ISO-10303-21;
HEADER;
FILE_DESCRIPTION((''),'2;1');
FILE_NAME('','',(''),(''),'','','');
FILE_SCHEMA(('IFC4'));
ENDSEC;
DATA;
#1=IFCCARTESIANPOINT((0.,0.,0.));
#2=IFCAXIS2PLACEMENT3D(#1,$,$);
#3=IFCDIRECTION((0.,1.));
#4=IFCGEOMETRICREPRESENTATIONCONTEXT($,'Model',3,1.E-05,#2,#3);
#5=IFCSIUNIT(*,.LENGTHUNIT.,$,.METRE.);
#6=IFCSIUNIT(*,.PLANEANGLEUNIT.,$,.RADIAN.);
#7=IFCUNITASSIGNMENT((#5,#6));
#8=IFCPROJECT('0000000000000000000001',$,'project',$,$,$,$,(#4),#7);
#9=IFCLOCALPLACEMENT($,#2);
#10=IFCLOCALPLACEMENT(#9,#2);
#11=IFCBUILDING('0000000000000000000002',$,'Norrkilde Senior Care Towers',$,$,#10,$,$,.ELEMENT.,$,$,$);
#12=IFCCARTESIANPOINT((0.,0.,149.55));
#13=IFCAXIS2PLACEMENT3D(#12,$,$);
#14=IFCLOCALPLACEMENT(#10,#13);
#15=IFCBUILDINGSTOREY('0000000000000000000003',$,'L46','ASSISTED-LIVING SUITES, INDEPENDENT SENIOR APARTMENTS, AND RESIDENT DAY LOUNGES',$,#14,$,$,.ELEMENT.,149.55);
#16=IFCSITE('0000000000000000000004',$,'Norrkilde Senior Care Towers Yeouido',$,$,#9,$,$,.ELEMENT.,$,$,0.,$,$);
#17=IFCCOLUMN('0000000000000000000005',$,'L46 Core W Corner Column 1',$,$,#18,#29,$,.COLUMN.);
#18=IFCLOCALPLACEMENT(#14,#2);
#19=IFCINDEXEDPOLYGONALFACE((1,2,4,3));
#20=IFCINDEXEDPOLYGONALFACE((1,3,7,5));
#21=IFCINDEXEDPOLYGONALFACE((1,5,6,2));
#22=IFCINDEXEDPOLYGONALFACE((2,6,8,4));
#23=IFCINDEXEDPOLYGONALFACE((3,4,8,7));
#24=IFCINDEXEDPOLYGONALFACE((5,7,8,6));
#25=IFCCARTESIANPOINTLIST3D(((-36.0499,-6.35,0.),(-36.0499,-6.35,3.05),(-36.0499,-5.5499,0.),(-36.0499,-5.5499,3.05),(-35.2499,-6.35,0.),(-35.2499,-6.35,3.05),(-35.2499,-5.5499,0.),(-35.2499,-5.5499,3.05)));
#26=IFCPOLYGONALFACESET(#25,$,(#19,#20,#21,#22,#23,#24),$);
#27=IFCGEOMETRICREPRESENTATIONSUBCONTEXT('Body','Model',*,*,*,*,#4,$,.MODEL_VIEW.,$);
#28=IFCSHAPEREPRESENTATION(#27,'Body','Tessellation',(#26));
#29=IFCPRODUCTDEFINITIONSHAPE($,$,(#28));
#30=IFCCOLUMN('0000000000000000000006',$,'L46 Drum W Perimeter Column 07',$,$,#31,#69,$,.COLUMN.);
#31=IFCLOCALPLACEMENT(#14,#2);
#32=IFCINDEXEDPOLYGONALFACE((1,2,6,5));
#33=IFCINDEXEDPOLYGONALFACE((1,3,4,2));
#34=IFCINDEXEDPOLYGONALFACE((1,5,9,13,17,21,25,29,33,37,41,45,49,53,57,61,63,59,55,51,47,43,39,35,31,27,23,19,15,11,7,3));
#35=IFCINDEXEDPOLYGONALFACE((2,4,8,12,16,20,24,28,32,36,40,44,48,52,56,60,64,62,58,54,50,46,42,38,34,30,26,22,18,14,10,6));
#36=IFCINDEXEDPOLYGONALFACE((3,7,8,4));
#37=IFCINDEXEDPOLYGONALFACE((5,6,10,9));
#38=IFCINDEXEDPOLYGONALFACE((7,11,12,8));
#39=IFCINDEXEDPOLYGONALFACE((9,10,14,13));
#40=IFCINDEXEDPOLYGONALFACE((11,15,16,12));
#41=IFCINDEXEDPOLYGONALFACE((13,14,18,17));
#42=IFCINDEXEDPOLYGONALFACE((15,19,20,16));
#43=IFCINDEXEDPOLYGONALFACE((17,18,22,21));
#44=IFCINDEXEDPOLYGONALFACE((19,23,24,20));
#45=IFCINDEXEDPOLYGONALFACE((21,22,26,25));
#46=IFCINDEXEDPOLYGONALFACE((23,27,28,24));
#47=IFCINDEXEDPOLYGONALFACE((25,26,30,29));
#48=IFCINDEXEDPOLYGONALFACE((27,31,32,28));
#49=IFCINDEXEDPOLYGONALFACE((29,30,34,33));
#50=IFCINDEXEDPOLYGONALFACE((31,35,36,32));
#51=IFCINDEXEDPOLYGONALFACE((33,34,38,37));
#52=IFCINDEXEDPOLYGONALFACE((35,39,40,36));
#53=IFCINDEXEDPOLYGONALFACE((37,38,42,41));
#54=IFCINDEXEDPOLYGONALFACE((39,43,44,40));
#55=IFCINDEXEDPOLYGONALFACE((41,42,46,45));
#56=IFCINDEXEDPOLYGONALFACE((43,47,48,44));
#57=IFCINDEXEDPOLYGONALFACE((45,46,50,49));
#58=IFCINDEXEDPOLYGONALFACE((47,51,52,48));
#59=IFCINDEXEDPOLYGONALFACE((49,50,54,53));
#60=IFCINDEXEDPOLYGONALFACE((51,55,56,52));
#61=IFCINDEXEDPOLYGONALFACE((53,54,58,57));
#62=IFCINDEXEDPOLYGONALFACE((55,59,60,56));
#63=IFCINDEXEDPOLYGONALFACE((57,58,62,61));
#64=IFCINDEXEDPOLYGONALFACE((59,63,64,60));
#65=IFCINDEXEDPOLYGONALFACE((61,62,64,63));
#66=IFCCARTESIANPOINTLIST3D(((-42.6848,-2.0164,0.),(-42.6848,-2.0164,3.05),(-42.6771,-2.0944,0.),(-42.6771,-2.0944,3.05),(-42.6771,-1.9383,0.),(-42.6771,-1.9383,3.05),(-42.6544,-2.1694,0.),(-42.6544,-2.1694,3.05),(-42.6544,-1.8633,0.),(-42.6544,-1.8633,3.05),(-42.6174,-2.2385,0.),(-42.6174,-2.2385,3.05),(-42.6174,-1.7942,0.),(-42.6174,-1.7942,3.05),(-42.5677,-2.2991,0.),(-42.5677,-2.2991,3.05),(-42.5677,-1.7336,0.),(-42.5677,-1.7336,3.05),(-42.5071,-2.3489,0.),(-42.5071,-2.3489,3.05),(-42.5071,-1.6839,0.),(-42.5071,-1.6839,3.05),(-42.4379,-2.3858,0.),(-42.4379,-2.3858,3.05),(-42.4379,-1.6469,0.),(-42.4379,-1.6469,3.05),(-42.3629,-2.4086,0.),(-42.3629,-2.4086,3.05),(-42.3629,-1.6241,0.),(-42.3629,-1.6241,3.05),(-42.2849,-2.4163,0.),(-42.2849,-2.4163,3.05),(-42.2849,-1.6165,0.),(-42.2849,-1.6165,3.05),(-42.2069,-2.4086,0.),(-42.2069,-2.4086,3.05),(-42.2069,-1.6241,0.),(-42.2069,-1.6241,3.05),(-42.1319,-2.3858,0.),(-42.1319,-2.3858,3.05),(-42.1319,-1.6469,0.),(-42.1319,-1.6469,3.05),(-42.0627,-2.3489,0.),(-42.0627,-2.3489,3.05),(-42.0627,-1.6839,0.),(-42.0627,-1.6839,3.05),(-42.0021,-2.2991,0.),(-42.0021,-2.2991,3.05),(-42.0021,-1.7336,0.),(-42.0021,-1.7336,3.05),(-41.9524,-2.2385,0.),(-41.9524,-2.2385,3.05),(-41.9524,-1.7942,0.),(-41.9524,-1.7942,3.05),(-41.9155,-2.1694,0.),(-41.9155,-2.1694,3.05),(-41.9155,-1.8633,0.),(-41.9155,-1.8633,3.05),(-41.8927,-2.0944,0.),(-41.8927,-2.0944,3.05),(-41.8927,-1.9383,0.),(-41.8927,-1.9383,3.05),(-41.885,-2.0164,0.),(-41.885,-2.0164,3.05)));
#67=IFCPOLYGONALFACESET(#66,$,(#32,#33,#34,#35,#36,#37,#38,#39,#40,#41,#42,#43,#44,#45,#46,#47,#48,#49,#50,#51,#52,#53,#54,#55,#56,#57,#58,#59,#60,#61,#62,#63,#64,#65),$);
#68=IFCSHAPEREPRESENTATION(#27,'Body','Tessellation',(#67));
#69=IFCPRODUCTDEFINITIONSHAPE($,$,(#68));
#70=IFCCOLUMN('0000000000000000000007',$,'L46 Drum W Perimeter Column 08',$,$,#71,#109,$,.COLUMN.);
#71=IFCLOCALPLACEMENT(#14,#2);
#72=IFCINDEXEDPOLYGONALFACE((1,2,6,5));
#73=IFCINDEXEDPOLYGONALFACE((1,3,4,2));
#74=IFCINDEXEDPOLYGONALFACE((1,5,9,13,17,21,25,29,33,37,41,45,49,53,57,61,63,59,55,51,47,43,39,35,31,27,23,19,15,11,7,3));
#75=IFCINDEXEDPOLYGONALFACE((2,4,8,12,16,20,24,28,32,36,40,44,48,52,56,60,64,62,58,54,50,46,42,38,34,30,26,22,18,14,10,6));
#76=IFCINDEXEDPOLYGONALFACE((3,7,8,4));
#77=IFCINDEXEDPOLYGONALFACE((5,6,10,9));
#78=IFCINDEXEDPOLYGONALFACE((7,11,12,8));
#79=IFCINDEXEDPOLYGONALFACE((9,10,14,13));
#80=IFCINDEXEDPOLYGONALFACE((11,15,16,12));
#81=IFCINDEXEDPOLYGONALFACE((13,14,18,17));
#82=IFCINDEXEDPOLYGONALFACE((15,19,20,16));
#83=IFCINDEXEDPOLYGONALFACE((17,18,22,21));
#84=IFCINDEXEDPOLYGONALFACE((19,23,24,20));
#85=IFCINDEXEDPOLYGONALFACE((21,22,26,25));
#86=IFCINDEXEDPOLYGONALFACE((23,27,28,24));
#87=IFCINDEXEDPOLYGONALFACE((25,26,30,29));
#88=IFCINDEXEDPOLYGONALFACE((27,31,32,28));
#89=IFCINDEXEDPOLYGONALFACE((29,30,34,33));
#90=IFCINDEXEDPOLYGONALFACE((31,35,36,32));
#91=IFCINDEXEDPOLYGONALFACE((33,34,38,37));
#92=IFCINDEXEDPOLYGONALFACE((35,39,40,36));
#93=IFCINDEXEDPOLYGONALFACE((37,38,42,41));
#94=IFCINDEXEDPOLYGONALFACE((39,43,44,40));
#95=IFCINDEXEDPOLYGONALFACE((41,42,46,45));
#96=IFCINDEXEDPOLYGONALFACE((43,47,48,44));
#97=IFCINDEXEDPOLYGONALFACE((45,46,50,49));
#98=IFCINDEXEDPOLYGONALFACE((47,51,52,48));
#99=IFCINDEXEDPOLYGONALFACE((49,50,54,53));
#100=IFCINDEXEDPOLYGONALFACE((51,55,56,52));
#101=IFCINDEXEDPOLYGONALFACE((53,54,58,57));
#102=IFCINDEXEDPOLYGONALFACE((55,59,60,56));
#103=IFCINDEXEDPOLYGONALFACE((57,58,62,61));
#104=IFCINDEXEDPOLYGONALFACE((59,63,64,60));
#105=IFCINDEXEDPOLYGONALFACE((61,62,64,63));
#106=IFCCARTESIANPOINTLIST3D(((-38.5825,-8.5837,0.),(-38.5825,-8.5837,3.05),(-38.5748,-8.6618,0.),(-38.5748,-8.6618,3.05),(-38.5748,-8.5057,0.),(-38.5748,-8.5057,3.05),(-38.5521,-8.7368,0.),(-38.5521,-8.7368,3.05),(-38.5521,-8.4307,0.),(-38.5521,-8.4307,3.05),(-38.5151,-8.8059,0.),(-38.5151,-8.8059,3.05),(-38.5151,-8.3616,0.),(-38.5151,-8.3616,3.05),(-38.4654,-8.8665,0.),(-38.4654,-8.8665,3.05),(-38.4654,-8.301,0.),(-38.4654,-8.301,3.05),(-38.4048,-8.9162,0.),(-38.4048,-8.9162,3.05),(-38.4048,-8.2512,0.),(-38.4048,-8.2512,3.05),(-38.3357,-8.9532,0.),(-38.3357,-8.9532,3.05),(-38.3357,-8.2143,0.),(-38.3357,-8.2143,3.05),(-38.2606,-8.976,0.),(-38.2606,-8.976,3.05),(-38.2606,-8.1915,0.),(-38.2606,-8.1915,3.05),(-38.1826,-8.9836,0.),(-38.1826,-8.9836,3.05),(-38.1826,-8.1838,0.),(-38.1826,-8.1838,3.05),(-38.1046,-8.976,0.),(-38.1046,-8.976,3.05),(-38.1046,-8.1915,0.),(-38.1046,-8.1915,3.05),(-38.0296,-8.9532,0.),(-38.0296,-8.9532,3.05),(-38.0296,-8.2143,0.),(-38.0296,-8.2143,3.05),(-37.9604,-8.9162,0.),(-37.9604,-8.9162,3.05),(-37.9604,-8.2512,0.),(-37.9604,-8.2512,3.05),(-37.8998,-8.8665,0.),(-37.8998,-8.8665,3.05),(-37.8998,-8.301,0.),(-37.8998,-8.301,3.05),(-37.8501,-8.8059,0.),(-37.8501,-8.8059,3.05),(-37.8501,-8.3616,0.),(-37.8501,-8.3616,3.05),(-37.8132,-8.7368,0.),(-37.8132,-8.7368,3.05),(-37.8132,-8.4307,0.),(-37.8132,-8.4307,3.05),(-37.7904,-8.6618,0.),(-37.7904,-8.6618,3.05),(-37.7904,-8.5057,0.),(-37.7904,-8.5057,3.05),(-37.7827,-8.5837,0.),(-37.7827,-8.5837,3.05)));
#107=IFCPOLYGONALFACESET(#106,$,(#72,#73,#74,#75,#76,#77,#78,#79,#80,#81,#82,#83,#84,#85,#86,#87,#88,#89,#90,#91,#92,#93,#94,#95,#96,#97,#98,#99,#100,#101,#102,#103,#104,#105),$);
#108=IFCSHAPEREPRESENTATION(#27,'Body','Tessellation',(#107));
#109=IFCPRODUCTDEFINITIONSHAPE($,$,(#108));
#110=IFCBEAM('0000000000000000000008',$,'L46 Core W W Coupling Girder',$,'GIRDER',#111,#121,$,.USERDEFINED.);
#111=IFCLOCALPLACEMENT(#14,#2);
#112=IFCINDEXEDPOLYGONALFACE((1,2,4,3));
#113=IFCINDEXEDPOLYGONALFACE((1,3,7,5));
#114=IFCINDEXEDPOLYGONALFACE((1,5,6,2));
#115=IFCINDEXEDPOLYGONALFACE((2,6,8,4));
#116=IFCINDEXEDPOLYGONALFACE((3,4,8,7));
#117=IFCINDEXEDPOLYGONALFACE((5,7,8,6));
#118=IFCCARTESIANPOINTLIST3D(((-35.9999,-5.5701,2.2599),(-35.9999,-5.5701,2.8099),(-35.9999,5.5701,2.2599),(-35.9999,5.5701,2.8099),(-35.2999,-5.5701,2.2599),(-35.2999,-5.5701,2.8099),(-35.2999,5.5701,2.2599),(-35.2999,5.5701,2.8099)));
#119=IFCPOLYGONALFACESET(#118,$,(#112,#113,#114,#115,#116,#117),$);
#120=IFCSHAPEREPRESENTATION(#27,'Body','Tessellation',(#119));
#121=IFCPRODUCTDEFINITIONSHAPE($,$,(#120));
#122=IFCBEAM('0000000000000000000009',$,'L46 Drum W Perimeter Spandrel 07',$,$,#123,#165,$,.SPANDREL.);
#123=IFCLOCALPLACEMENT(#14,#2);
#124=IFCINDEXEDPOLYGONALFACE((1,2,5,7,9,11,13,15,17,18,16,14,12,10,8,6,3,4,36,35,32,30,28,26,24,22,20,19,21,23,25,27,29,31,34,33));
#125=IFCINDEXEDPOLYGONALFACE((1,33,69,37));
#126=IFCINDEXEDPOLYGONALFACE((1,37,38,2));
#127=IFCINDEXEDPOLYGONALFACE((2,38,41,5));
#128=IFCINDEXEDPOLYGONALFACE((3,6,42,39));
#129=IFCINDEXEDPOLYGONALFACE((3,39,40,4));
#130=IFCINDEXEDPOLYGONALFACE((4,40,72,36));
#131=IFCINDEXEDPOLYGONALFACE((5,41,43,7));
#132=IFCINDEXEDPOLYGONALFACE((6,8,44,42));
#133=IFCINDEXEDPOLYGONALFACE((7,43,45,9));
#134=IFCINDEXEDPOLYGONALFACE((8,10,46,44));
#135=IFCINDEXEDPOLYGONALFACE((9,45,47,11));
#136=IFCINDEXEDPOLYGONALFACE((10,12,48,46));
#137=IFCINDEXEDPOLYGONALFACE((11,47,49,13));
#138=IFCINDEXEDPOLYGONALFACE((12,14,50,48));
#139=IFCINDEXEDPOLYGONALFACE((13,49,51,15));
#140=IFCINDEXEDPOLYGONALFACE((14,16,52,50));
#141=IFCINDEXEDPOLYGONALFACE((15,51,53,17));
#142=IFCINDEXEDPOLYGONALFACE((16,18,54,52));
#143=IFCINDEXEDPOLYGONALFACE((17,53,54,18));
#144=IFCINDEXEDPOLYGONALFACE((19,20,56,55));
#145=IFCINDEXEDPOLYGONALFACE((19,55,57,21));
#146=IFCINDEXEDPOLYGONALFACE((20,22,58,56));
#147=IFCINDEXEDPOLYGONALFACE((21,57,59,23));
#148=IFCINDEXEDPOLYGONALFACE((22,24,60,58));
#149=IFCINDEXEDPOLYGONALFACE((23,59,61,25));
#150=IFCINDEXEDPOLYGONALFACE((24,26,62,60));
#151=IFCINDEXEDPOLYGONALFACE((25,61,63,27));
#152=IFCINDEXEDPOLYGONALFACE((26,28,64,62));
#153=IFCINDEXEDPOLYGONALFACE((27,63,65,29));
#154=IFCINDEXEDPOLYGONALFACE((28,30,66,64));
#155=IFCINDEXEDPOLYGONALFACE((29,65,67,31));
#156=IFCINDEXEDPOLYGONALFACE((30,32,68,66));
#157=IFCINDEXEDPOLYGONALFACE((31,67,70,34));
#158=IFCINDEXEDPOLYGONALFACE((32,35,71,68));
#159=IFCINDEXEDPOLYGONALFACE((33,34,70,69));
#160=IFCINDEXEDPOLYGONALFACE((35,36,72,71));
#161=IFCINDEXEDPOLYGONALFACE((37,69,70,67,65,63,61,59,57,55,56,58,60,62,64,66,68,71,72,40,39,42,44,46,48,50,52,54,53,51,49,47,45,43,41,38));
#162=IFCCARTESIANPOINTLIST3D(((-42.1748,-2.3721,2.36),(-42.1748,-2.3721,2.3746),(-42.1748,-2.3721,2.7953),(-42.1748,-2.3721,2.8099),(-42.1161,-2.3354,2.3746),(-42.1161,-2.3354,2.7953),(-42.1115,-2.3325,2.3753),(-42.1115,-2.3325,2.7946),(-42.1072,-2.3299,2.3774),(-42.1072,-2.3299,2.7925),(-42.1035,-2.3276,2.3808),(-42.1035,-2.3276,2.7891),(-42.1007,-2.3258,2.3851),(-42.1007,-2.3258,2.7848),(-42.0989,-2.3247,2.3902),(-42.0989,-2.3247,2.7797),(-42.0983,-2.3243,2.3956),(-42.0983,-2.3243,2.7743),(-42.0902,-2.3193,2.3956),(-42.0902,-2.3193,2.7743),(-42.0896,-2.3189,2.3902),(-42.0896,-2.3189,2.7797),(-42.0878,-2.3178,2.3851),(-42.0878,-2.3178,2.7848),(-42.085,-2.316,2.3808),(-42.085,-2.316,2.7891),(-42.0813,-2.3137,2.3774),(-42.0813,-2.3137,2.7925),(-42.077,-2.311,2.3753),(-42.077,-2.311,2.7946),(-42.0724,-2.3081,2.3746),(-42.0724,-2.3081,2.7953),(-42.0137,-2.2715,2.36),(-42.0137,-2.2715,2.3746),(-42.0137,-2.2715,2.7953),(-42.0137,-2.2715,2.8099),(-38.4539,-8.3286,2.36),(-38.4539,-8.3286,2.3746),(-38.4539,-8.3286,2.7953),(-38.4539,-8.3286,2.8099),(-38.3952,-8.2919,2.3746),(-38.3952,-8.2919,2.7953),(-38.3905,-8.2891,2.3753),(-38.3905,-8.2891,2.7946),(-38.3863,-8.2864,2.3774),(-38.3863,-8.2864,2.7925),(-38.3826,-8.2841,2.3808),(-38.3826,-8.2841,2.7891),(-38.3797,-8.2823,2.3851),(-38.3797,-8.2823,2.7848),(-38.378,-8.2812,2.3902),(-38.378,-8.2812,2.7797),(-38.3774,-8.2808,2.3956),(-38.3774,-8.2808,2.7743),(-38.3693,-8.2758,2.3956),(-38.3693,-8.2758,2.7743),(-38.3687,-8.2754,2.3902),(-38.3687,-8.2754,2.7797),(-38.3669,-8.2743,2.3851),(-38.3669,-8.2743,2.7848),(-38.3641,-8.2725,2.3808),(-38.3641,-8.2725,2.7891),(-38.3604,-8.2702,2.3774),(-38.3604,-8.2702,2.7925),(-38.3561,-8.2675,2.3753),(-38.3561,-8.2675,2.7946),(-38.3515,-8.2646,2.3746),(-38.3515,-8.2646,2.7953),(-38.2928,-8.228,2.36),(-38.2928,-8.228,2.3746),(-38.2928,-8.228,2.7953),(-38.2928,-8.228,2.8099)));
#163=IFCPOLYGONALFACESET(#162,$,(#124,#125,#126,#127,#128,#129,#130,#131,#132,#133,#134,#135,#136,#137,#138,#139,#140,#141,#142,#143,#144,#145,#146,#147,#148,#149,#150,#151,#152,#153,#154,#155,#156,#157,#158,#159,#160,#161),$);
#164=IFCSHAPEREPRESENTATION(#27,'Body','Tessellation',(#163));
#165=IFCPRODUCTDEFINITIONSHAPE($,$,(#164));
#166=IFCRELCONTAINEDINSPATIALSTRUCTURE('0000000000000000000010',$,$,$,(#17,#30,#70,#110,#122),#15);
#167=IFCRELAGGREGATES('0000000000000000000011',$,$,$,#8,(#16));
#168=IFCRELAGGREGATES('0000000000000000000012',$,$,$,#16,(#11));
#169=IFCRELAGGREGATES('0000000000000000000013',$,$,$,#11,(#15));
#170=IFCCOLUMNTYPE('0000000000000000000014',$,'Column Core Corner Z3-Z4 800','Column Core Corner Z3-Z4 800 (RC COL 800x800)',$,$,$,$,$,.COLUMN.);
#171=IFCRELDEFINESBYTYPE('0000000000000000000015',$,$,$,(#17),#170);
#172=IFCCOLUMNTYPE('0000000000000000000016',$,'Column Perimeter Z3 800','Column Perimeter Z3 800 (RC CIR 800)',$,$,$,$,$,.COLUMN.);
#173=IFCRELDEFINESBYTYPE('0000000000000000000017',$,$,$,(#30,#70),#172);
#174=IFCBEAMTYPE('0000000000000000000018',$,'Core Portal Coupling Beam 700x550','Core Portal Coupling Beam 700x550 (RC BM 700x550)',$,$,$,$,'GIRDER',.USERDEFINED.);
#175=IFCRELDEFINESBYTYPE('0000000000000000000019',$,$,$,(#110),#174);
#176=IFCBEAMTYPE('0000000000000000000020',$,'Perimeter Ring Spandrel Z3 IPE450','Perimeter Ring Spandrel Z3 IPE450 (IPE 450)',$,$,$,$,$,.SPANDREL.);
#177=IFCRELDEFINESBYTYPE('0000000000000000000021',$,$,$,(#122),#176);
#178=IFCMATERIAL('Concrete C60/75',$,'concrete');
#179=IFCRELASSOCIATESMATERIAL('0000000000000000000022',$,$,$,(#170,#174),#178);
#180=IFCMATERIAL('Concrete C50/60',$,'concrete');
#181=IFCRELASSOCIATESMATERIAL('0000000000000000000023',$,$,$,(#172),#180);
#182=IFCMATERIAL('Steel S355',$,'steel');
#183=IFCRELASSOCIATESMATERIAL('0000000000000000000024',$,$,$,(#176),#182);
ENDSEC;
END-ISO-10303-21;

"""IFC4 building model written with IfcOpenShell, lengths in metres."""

from ifc_helpers import new_model, si_unit, direction, frame, origin, origin_2d, place, context, subcontext, project, spatial, rectangle, circle, i_section, extrude, source, transform, mapped, material, material_profile, profile_set, type_object, type_shapes, element, save


model = new_model("IFC4")

# Units and contexts
model_context = context("Model", 3, precision=1e-05, world=origin(), true_north=direction((0.0, 1.0)))
body_context = subcontext(model_context, "Body", "Model", "MODEL_VIEW")
ifc_project = project(units=[si_unit("LENGTHUNIT", "METRE"), si_unit("PLANEANGLEUNIT", "RADIAN")], contexts=[model_context])

# Site, building, storey
site_placement = place(None, origin())
site = spatial("IfcSite", under=ifc_project, at=site_placement, Name="Norrkilde Senior Care Towers Yeouido", CompositionType="ELEMENT", RefElevation=0.0)
building_placement = place(site_placement, origin())
building = spatial("IfcBuilding", under=site, at=building_placement, Name="Norrkilde Senior Care Towers", CompositionType="ELEMENT")
storey_placement = place(building_placement, frame((0.0, 0.0, 149.55)))
storey = spatial("IfcBuildingStorey", under=building, at=storey_placement, Name="L46", Description="ASSISTED-LIVING SUITES, INDEPENDENT SENIOR APARTMENTS, AND RESIDENT DAY LOUNGES", CompositionType="ELEMENT", Elevation=149.55)

# Columns
ifc_material_1 = material(Name="Concrete C60/75", Category="concrete")
ifc_material_profile_1 = material_profile(ifc_material_1, rectangle(XDim=0.8, YDim=0.8, at=origin_2d()), Name="RC COL 800x800")
ifc_profile_set_1 = profile_set([ifc_material_profile_1], Name="Concrete C60/75")
column_type_1 = type_object("IfcColumnType", Name="Column Core Corner Z3-Z4 800", Description="Column Core Corner Z3-Z4 800 (RC COL 800x800)", PredefinedType="COLUMN", material=ifc_profile_set_1)
shared_shape_1 = source(origin(), body_context, "Body", "SweptSolid", [
    extrude(rectangle(XDim=0.8, YDim=0.8, at=origin_2d()), origin(), (0.0, 0.0, 1.0), 3.05),
])
type_shapes(column_type_1, [shared_shape_1])
column_placement = place(storey_placement, frame((-35.6499, -5.95, 0.0), z_axis=(0.0, 0.0, 1.0), x_axis=(1.0, 0.0, 0.0)))
element("IfcColumn", 1, at=column_placement, inside=storey, type_object=column_type_1, Name="L46 Core W Corner Column 1", PredefinedType="COLUMN", context=body_context, shape_type="MappedRepresentation", body=[
    mapped(shared_shape_1, transform((0.0, 0.0, 0.0), x_axis=(1.0, 0.0, 0.0), y_axis=(0.0, 1.0, 0.0), z_axis=(0.0, 0.0, 1.0), scale=1.0)),
])
ifc_material_2 = material(Name="Concrete C50/60", Category="concrete")
ifc_material_profile_2 = material_profile(ifc_material_2, circle(Radius=0.3999, at=origin_2d()), Name="RC CIR 800")
ifc_profile_set_2 = profile_set([ifc_material_profile_2], Name="Concrete C50/60")
column_type_2 = type_object("IfcColumnType", Name="Column Perimeter Z3 800", Description="Column Perimeter Z3 800 (RC CIR 800)", PredefinedType="COLUMN", material=ifc_profile_set_2)
shared_shape_2 = source(origin(), body_context, "Body", "SweptSolid", [
    extrude(circle(Radius=0.3999, at=origin_2d()), origin(), (0.0, 0.0, 1.0), 3.05),
])
type_shapes(column_type_2, [shared_shape_2])
for number, where, z_axis, x_axis, name in (
    (2, (-42.2849, -2.0164, 0.0), (0.0, 0.0, 1.0), (1.0, 0.0, 0.0), "L46 Drum W Perimeter Column 07"),
    (3, (-38.1826, -8.5837, 0.0), (0.0, 0.0, 1.0), (1.0, 0.0, 0.0), "L46 Drum W Perimeter Column 08"),
):
    element("IfcColumn", number, at=place(storey_placement, frame(where, z_axis=z_axis, x_axis=x_axis)), inside=storey, type_object=column_type_2, Name=name, PredefinedType="COLUMN", context=body_context, shape_type="MappedRepresentation", body=[
        mapped(shared_shape_2, transform((0.0, 0.0, 0.0), x_axis=(1.0, 0.0, 0.0), y_axis=(0.0, 1.0, 0.0), z_axis=(0.0, 0.0, 1.0), scale=1.0)),
    ])

# Beams
ifc_material_profile_3 = material_profile(ifc_material_1, rectangle(XDim=0.7, YDim=0.55, at=origin_2d()), Name="RC BM 700x550")
ifc_profile_set_3 = profile_set([ifc_material_profile_3], Name="Concrete C60/75")
beam_type_1 = type_object("IfcBeamType", Name="Core Portal Coupling Beam 700x550", Description="Core Portal Coupling Beam 700x550 (RC BM 700x550)", ElementType="GIRDER", PredefinedType="USERDEFINED", material=ifc_profile_set_3)
shared_shape_3 = source(origin(), body_context, "Body", "SweptSolid", [
    extrude(rectangle(XDim=0.7, YDim=0.55, at=origin_2d()), origin(), (0.0, 0.0, 1.0), 11.1401),
])
type_shapes(beam_type_1, [shared_shape_3])
beam_1_placement = place(storey_placement, frame((-35.6499, -5.5701, 2.5349), z_axis=(0.0, 1.0, 0.0), x_axis=(-1.0, 0.0, 0.0)))
element("IfcBeam", 4, at=beam_1_placement, inside=storey, type_object=beam_type_1, Name="L46 Core W W Coupling Girder", ObjectType="GIRDER", PredefinedType="USERDEFINED", context=body_context, shape_type="MappedRepresentation", body=[
    mapped(shared_shape_3, transform((0.0, 0.0, 0.0), x_axis=(1.0, 0.0, 0.0), y_axis=(0.0, 1.0, 0.0), z_axis=(0.0, 0.0, 1.0), scale=1.0)),
])
ifc_material_3 = material(Name="Steel S355", Category="steel")
ifc_material_profile_4 = material_profile(ifc_material_3, i_section(OverallWidth=0.1899, OverallDepth=0.45, WebThickness=0.0095, FlangeThickness=0.0146, FilletRadius=0.021, at=origin_2d()), Name="IPE 450")
ifc_profile_set_4 = profile_set([ifc_material_profile_4], Name="Steel S355")
beam_type_2 = type_object("IfcBeamType", Name="Perimeter Ring Spandrel Z3 IPE450", Description="Perimeter Ring Spandrel Z3 IPE450 (IPE 450)", PredefinedType="SPANDREL", material=ifc_profile_set_4)
shared_shape_4 = source(origin(), body_context, "Body", "SweptSolid", [
    extrude(i_section(OverallWidth=0.1899, OverallDepth=0.45, WebThickness=0.0095, FlangeThickness=0.0146, FilletRadius=0.021, at=origin_2d()), origin(), (0.0, 0.0, 1.0), 7.0232),
])
beam_2_placement = place(storey_placement, frame((-42.0942, -2.3218, 2.585), z_axis=(0.529805, -0.848119, 0.0), x_axis=(0.848119, 0.529805, 0.0)))
element("IfcBeam", 5, at=beam_2_placement, inside=storey, type_object=beam_type_2, Name="L46 Drum W Perimeter Spandrel 07", PredefinedType="SPANDREL", context=body_context, shape_type="MappedRepresentation", body=[
    mapped(shared_shape_4, transform((0.0, 0.0, 0.0), x_axis=(1.0, 0.0, 0.0), y_axis=(0.0, 1.0, 0.0), z_axis=(0.0, 0.0, 1.0), scale=1.0)),
])

save(model, "model.ifc")
